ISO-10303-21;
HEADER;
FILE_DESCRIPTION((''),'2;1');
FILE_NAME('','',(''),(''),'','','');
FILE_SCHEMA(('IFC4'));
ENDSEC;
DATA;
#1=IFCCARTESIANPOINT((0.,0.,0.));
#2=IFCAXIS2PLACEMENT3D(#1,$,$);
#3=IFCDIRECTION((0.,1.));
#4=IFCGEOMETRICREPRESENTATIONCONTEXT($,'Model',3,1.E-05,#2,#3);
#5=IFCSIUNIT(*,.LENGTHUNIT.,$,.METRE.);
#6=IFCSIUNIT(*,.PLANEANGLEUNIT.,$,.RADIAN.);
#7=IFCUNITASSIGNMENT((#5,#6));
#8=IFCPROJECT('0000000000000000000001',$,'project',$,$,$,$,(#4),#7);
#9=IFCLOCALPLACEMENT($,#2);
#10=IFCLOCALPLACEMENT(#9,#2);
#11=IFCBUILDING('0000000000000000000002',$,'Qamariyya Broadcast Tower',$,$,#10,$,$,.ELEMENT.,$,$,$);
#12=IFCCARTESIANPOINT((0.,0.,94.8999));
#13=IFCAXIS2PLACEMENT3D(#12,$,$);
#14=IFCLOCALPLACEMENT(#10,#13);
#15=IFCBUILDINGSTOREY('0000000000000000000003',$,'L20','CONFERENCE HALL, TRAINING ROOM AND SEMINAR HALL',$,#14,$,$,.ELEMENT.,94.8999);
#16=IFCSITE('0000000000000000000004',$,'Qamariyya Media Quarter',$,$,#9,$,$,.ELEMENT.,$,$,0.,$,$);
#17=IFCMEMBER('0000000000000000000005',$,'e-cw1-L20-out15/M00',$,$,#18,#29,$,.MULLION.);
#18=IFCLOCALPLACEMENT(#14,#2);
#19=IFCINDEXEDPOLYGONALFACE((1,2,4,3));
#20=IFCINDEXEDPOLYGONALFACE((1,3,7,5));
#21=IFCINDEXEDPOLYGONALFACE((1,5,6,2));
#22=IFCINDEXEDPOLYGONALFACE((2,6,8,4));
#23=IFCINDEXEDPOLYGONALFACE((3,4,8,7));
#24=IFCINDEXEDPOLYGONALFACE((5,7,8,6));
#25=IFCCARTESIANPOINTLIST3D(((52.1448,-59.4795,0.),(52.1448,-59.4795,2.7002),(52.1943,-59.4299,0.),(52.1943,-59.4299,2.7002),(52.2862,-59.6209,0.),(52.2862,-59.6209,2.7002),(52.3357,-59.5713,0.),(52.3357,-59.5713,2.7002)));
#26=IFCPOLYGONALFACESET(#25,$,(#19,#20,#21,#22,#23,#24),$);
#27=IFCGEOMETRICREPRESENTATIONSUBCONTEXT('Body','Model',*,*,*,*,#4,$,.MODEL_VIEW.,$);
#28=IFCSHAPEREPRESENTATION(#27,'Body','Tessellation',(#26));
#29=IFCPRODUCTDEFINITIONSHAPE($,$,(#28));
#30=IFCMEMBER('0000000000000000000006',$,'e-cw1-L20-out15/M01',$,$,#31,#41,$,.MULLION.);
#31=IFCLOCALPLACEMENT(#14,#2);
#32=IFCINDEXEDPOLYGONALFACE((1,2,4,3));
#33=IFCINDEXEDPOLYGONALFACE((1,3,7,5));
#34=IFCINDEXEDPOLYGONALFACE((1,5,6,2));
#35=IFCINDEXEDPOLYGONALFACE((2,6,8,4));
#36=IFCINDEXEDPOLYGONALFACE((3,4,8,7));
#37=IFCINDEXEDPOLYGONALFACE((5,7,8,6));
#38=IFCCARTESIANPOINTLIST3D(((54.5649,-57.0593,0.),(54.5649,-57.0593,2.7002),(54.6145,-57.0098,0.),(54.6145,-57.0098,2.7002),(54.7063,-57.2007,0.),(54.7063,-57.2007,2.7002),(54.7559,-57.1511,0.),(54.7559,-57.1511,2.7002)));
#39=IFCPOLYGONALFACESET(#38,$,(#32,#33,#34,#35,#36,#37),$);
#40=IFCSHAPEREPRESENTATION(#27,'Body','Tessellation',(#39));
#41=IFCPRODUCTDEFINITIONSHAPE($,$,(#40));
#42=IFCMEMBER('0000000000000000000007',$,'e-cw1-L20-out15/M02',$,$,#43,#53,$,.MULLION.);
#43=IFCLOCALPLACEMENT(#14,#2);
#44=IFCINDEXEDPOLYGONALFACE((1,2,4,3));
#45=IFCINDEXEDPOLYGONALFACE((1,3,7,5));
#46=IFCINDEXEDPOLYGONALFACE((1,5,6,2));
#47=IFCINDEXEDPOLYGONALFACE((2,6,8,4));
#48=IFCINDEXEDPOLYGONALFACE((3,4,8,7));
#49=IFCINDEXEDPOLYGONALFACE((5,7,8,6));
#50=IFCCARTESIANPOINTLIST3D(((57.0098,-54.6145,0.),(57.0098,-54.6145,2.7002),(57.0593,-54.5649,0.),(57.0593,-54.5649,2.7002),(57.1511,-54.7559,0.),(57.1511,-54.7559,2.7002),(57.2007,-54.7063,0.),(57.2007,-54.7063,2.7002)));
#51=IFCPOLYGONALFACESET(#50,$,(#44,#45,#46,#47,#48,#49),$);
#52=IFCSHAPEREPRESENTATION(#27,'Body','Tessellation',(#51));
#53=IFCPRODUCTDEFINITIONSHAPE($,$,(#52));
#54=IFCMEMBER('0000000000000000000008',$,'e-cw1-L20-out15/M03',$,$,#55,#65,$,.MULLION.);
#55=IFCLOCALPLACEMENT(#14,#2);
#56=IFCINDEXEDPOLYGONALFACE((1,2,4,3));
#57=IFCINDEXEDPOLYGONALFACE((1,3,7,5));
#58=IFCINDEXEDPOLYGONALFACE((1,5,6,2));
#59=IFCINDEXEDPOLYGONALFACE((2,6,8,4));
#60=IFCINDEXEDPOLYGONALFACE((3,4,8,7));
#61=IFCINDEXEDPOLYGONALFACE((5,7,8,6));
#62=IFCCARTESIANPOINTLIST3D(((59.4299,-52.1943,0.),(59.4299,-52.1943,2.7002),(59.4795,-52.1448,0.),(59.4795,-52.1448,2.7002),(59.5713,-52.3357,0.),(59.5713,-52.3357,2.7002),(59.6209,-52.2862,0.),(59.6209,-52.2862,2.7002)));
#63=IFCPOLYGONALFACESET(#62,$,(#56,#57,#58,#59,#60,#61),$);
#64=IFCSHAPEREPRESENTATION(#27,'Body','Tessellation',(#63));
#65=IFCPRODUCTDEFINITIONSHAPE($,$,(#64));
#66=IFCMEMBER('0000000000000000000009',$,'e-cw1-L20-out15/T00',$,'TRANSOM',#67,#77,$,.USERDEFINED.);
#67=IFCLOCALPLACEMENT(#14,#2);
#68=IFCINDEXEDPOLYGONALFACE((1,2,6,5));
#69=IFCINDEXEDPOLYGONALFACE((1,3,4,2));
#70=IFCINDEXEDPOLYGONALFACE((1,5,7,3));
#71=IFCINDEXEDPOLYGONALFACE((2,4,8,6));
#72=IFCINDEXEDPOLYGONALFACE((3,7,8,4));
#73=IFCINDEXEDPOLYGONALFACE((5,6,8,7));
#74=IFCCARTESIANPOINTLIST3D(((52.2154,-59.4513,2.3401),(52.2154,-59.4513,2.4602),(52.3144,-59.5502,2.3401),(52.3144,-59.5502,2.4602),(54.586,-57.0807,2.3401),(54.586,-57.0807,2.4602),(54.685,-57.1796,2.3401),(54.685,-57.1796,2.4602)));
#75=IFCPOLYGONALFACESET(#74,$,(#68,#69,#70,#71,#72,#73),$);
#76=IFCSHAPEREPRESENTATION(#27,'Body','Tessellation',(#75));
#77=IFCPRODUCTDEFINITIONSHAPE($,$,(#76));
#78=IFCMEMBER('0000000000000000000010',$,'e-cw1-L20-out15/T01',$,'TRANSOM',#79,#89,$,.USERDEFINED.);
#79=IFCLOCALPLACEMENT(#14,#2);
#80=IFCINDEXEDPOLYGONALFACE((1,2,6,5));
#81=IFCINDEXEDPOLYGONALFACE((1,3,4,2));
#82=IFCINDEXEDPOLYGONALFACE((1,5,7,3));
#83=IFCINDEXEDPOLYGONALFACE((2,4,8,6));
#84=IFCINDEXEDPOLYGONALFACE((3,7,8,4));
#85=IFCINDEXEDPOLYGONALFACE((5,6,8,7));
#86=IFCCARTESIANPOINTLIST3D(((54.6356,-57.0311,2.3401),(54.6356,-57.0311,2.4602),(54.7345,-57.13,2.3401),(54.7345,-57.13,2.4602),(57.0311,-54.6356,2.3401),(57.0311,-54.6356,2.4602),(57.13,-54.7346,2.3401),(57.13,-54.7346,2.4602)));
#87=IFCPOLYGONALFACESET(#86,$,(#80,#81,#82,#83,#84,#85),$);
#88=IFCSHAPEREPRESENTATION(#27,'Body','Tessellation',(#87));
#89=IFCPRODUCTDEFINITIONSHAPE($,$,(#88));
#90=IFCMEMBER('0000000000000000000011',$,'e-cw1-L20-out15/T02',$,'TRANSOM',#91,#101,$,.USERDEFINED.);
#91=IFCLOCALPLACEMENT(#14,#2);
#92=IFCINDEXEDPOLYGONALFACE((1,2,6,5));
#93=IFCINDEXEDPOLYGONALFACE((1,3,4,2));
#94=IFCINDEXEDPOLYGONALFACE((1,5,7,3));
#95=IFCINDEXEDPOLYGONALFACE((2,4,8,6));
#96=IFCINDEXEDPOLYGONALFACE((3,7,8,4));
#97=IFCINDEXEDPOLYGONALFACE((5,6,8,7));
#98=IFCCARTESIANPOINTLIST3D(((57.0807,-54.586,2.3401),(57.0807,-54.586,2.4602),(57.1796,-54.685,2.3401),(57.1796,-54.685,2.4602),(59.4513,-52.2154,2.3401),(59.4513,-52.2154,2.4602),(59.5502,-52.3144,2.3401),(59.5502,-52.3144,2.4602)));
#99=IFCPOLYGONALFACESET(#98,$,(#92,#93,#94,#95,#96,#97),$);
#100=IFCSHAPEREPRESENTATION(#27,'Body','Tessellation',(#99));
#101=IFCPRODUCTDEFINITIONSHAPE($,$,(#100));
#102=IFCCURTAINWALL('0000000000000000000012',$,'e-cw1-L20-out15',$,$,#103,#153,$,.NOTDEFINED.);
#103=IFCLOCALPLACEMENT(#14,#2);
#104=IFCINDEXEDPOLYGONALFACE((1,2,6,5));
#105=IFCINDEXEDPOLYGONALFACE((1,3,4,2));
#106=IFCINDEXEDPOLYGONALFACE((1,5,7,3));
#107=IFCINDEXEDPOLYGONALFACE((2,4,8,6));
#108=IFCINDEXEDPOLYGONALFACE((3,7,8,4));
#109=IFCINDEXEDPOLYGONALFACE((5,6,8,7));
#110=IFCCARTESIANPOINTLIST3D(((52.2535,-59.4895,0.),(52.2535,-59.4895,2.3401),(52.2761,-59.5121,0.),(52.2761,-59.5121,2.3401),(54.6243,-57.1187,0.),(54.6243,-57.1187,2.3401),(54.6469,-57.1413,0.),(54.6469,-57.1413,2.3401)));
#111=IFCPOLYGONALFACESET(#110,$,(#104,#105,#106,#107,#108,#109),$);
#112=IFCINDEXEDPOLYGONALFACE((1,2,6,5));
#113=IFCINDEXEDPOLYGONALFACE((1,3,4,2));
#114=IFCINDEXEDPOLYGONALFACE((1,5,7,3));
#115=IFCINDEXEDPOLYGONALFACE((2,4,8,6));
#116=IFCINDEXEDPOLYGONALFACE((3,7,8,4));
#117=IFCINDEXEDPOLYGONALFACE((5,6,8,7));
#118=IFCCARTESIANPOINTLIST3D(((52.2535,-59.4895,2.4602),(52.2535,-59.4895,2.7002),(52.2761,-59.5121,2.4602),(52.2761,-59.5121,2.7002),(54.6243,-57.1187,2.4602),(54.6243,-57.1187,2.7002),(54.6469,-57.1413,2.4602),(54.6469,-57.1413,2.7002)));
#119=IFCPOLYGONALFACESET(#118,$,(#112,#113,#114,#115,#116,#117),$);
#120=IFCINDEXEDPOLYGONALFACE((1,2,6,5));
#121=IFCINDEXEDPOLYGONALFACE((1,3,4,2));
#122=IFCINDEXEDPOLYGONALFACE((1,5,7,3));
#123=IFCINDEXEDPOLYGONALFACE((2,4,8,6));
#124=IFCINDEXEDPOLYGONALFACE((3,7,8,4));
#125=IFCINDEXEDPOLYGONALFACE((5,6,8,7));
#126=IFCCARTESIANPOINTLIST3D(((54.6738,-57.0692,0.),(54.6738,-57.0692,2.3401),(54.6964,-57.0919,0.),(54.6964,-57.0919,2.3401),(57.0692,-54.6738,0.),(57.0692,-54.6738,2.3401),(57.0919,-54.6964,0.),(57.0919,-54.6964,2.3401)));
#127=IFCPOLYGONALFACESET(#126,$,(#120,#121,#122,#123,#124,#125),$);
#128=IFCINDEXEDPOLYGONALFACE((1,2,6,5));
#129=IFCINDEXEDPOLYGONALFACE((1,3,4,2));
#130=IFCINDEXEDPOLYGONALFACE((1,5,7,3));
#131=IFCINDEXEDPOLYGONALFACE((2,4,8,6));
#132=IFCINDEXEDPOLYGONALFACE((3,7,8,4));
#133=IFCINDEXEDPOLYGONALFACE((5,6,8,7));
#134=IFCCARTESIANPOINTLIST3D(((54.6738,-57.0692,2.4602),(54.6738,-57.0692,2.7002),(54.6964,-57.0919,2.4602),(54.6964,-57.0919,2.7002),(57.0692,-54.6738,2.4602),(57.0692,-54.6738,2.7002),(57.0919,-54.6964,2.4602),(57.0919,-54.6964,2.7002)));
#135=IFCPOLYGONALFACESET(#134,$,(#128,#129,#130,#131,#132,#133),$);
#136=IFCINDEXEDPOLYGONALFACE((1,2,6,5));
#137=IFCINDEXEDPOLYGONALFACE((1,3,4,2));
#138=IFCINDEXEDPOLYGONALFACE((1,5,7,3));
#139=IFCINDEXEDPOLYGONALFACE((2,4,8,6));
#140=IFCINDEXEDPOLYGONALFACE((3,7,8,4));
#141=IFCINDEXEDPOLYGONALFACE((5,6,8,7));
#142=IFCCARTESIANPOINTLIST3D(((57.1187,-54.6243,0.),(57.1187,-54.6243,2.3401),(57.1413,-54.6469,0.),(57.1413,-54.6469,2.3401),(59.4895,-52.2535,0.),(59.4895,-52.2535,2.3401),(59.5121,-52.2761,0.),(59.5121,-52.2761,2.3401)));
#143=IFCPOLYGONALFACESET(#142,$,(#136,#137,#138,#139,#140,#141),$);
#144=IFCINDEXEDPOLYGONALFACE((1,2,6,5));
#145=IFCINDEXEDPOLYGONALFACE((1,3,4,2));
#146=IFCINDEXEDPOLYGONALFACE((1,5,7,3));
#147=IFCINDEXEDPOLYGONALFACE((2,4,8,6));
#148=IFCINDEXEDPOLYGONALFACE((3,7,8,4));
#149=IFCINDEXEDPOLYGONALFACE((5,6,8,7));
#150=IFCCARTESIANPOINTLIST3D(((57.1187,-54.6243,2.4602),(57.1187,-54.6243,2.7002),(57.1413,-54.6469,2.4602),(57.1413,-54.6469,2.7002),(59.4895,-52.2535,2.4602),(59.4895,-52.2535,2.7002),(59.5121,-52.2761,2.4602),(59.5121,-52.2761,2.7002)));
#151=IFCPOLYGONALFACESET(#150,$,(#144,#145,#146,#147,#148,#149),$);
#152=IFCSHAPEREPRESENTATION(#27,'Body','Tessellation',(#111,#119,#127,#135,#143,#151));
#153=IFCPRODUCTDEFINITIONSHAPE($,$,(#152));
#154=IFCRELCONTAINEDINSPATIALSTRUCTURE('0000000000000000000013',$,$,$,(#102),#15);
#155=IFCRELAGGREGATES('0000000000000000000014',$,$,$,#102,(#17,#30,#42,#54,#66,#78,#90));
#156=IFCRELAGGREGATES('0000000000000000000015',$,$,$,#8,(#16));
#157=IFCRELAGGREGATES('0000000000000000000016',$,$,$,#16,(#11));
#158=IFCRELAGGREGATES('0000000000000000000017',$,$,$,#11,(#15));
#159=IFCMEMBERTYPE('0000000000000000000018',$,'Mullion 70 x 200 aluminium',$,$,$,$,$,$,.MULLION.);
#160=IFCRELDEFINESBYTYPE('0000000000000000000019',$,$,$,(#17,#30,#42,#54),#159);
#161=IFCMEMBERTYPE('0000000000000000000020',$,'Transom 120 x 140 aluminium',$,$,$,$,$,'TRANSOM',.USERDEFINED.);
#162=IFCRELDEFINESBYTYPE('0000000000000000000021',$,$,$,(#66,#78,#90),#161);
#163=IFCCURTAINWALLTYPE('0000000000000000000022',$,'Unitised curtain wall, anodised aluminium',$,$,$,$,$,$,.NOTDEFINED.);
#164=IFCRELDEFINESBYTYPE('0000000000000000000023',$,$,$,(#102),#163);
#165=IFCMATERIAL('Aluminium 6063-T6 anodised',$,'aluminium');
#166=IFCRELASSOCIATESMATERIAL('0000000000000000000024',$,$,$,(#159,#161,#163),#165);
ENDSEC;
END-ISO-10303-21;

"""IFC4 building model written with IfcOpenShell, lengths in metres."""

from ifc_helpers import new_model, si_unit, direction, frame, origin, origin_2d, place, context, subcontext, project, spatial, rectangle, extrude, material, material_profile, profile_set, type_object, element, aggregate, save


model = new_model("IFC4")

# Units and contexts
model_context = context("Model", 3, precision=1e-05, world=origin(), true_north=direction((0.0, 1.0)))
body_context = subcontext(model_context, "Body", "Model", "MODEL_VIEW")
ifc_project = project(units=[si_unit("LENGTHUNIT", "METRE"), si_unit("PLANEANGLEUNIT", "RADIAN")], contexts=[model_context])

# Members
ifc_material = material(Name="Aluminium 6063-T6 anodised", Category="aluminium")
site_placement = place(None, origin())
building_placement = place(site_placement, origin())
storey_placement = place(building_placement, frame((0.0, 0.0, 94.8999)))
ifc_material_profile_1 = material_profile(ifc_material, rectangle(XDim=0.2, YDim=0.0701, at=origin_2d()))
ifc_profile_set_1 = profile_set([ifc_material_profile_1], Name="Aluminium 6063-T6 anodised")
member_type_1 = type_object("IfcMemberType", Name="Mullion 70 x 200 aluminium", PredefinedType="MULLION", material=ifc_profile_set_1)
member_1_placement = place(storey_placement, frame((52.2402, -59.5254, 0.0), z_axis=(0.0, 0.0, 1.0), x_axis=(-0.707107, 0.707107, 0.0)))
member_1 = element("IfcMember", 1, at=member_1_placement, type_object=member_type_1, Name="e-cw1-L20-out15/M00", PredefinedType="MULLION", context=body_context, shape_type="SweptSolid", body=[
    extrude(rectangle(XDim=0.2, YDim=0.0701, at=origin_2d()), origin(), (0.0, 0.0, 1.0), 2.7002),
])
member_2_placement = place(storey_placement, frame((54.6604, -57.1052, 0.0), z_axis=(0.0, 0.0, 1.0), x_axis=(-0.707107, 0.707107, 0.0)))
member_2 = element("IfcMember", 2, at=member_2_placement, type_object=member_type_1, Name="e-cw1-L20-out15/M01", PredefinedType="MULLION", context=body_context, shape_type="SweptSolid", body=[
    extrude(rectangle(XDim=0.2, YDim=0.0701, at=origin_2d()), origin(), (0.0, 0.0, 1.0), 2.7002),
])
member_3_placement = place(storey_placement, frame((57.1052, -54.6604, 0.0), z_axis=(0.0, 0.0, 1.0), x_axis=(-0.707107, 0.707107, 0.0)))
member_3 = element("IfcMember", 3, at=member_3_placement, type_object=member_type_1, Name="e-cw1-L20-out15/M02", PredefinedType="MULLION", context=body_context, shape_type="SweptSolid", body=[
    extrude(rectangle(XDim=0.2, YDim=0.0701, at=origin_2d()), origin(), (0.0, 0.0, 1.0), 2.7002),
])
member_4_placement = place(storey_placement, frame((59.5254, -52.2402, 0.0), z_axis=(0.0, 0.0, 1.0), x_axis=(-0.707107, 0.707107, 0.0)))
member_4 = element("IfcMember", 4, at=member_4_placement, type_object=member_type_1, Name="e-cw1-L20-out15/M03", PredefinedType="MULLION", context=body_context, shape_type="SweptSolid", body=[
    extrude(rectangle(XDim=0.2, YDim=0.0701, at=origin_2d()), origin(), (0.0, 0.0, 1.0), 2.7002),
])
ifc_material_profile_2 = material_profile(ifc_material, rectangle(XDim=0.1399, YDim=0.1201, at=origin_2d()))
ifc_profile_set_2 = profile_set([ifc_material_profile_2], Name="Aluminium 6063-T6 anodised")
member_type_2 = type_object("IfcMemberType", Name="Transom 120 x 140 aluminium", ElementType="TRANSOM", PredefinedType="USERDEFINED", material=ifc_profile_set_2)
member_5_placement = place(storey_placement, frame((52.2649, -59.5007, 2.4001), z_axis=(0.707107, 0.707107, 0.0), x_axis=(-0.707107, 0.707107, 0.0)))
member_5 = element("IfcMember", 5, at=member_5_placement, type_object=member_type_2, Name="e-cw1-L20-out15/T00", ObjectType="TRANSOM", PredefinedType="USERDEFINED", context=body_context, shape_type="SweptSolid", body=[
    extrude(rectangle(XDim=0.1399, YDim=0.1201, at=origin_2d()), origin(), (0.0, 0.0, 1.0), 3.3525),
])
member_6_placement = place(storey_placement, frame((54.6851, -57.0806, 2.4001), z_axis=(0.707107, 0.707107, 0.0), x_axis=(-0.707107, 0.707107, 0.0)))
member_6 = element("IfcMember", 6, at=member_6_placement, type_object=member_type_2, Name="e-cw1-L20-out15/T01", ObjectType="TRANSOM", PredefinedType="USERDEFINED", context=body_context, shape_type="SweptSolid", body=[
    extrude(rectangle(XDim=0.1399, YDim=0.1201, at=origin_2d()), origin(), (0.0, 0.0, 1.0), 3.3877),
])
member_7_placement = place(storey_placement, frame((57.1301, -54.6355, 2.4001), z_axis=(0.707107, 0.707107, 0.0), x_axis=(-0.707107, 0.707107, 0.0)))
member_7 = element("IfcMember", 7, at=member_7_placement, type_object=member_type_2, Name="e-cw1-L20-out15/T02", ObjectType="TRANSOM", PredefinedType="USERDEFINED", context=body_context, shape_type="SweptSolid", body=[
    extrude(rectangle(XDim=0.1399, YDim=0.1201, at=origin_2d()), origin(), (0.0, 0.0, 1.0), 3.3525),
])

# Site, building, storey
site = spatial("IfcSite", under=ifc_project, at=site_placement, Name="Qamariyya Media Quarter", CompositionType="ELEMENT", RefElevation=0.0)
building = spatial("IfcBuilding", under=site, at=building_placement, Name="Qamariyya Broadcast Tower", CompositionType="ELEMENT")
storey = spatial("IfcBuildingStorey", under=building, at=storey_placement, Name="L20", Description="CONFERENCE HALL, TRAINING ROOM AND SEMINAR HALL", CompositionType="ELEMENT", Elevation=94.8999)

# Curtain wall
curtain_wall_type_1 = type_object("IfcCurtainWallType", Name="Unitised curtain wall, anodised aluminium", PredefinedType="NOTDEFINED", material=ifc_material)
curtain_wall_1_placement = place(storey_placement, origin())
curtain_wall_1 = element("IfcCurtainWall", 8, at=curtain_wall_1_placement, inside=storey, type_object=curtain_wall_type_1, Name="e-cw1-L20-out15", PredefinedType="NOTDEFINED", context=body_context, shape_type="SweptSolid", body=[
    extrude(rectangle(XDim=3.3528, YDim=0.032, at=origin_2d()), frame((53.4502, -58.3154, 0.0), x_axis=(0.707107, 0.707107, 0.0)), (0.0, 0.0, 1.0), 2.3401),
    extrude(rectangle(XDim=3.3528, YDim=0.032, at=origin_2d()), frame((53.4502, -58.3154, 2.4602), x_axis=(0.707107, 0.707107, 0.0)), (0.0, 0.0, 1.0), 0.24),
    extrude(rectangle(XDim=3.3877, YDim=0.032, at=origin_2d()), frame((55.8828, -55.8828, 0.0), x_axis=(0.707107, 0.707107, 0.0)), (0.0, 0.0, 1.0), 2.3401),
    extrude(rectangle(XDim=3.3877, YDim=0.032, at=origin_2d()), frame((55.8828, -55.8828, 2.4602), x_axis=(0.707107, 0.707107, 0.0)), (0.0, 0.0, 1.0), 0.24),
    extrude(rectangle(XDim=3.3528, YDim=0.032, at=origin_2d()), frame((58.3154, -53.4502, 0.0), x_axis=(0.707107, 0.707107, 0.0)), (0.0, 0.0, 1.0), 2.3401),
    extrude(rectangle(XDim=3.3528, YDim=0.032, at=origin_2d()), frame((58.3154, -53.4502, 2.4602), x_axis=(0.707107, 0.707107, 0.0)), (0.0, 0.0, 1.0), 0.24),
])
aggregate(curtain_wall_1, [member_1, member_2, member_3, member_4, member_5, member_6, member_7])

save(model, "model.ifc")
